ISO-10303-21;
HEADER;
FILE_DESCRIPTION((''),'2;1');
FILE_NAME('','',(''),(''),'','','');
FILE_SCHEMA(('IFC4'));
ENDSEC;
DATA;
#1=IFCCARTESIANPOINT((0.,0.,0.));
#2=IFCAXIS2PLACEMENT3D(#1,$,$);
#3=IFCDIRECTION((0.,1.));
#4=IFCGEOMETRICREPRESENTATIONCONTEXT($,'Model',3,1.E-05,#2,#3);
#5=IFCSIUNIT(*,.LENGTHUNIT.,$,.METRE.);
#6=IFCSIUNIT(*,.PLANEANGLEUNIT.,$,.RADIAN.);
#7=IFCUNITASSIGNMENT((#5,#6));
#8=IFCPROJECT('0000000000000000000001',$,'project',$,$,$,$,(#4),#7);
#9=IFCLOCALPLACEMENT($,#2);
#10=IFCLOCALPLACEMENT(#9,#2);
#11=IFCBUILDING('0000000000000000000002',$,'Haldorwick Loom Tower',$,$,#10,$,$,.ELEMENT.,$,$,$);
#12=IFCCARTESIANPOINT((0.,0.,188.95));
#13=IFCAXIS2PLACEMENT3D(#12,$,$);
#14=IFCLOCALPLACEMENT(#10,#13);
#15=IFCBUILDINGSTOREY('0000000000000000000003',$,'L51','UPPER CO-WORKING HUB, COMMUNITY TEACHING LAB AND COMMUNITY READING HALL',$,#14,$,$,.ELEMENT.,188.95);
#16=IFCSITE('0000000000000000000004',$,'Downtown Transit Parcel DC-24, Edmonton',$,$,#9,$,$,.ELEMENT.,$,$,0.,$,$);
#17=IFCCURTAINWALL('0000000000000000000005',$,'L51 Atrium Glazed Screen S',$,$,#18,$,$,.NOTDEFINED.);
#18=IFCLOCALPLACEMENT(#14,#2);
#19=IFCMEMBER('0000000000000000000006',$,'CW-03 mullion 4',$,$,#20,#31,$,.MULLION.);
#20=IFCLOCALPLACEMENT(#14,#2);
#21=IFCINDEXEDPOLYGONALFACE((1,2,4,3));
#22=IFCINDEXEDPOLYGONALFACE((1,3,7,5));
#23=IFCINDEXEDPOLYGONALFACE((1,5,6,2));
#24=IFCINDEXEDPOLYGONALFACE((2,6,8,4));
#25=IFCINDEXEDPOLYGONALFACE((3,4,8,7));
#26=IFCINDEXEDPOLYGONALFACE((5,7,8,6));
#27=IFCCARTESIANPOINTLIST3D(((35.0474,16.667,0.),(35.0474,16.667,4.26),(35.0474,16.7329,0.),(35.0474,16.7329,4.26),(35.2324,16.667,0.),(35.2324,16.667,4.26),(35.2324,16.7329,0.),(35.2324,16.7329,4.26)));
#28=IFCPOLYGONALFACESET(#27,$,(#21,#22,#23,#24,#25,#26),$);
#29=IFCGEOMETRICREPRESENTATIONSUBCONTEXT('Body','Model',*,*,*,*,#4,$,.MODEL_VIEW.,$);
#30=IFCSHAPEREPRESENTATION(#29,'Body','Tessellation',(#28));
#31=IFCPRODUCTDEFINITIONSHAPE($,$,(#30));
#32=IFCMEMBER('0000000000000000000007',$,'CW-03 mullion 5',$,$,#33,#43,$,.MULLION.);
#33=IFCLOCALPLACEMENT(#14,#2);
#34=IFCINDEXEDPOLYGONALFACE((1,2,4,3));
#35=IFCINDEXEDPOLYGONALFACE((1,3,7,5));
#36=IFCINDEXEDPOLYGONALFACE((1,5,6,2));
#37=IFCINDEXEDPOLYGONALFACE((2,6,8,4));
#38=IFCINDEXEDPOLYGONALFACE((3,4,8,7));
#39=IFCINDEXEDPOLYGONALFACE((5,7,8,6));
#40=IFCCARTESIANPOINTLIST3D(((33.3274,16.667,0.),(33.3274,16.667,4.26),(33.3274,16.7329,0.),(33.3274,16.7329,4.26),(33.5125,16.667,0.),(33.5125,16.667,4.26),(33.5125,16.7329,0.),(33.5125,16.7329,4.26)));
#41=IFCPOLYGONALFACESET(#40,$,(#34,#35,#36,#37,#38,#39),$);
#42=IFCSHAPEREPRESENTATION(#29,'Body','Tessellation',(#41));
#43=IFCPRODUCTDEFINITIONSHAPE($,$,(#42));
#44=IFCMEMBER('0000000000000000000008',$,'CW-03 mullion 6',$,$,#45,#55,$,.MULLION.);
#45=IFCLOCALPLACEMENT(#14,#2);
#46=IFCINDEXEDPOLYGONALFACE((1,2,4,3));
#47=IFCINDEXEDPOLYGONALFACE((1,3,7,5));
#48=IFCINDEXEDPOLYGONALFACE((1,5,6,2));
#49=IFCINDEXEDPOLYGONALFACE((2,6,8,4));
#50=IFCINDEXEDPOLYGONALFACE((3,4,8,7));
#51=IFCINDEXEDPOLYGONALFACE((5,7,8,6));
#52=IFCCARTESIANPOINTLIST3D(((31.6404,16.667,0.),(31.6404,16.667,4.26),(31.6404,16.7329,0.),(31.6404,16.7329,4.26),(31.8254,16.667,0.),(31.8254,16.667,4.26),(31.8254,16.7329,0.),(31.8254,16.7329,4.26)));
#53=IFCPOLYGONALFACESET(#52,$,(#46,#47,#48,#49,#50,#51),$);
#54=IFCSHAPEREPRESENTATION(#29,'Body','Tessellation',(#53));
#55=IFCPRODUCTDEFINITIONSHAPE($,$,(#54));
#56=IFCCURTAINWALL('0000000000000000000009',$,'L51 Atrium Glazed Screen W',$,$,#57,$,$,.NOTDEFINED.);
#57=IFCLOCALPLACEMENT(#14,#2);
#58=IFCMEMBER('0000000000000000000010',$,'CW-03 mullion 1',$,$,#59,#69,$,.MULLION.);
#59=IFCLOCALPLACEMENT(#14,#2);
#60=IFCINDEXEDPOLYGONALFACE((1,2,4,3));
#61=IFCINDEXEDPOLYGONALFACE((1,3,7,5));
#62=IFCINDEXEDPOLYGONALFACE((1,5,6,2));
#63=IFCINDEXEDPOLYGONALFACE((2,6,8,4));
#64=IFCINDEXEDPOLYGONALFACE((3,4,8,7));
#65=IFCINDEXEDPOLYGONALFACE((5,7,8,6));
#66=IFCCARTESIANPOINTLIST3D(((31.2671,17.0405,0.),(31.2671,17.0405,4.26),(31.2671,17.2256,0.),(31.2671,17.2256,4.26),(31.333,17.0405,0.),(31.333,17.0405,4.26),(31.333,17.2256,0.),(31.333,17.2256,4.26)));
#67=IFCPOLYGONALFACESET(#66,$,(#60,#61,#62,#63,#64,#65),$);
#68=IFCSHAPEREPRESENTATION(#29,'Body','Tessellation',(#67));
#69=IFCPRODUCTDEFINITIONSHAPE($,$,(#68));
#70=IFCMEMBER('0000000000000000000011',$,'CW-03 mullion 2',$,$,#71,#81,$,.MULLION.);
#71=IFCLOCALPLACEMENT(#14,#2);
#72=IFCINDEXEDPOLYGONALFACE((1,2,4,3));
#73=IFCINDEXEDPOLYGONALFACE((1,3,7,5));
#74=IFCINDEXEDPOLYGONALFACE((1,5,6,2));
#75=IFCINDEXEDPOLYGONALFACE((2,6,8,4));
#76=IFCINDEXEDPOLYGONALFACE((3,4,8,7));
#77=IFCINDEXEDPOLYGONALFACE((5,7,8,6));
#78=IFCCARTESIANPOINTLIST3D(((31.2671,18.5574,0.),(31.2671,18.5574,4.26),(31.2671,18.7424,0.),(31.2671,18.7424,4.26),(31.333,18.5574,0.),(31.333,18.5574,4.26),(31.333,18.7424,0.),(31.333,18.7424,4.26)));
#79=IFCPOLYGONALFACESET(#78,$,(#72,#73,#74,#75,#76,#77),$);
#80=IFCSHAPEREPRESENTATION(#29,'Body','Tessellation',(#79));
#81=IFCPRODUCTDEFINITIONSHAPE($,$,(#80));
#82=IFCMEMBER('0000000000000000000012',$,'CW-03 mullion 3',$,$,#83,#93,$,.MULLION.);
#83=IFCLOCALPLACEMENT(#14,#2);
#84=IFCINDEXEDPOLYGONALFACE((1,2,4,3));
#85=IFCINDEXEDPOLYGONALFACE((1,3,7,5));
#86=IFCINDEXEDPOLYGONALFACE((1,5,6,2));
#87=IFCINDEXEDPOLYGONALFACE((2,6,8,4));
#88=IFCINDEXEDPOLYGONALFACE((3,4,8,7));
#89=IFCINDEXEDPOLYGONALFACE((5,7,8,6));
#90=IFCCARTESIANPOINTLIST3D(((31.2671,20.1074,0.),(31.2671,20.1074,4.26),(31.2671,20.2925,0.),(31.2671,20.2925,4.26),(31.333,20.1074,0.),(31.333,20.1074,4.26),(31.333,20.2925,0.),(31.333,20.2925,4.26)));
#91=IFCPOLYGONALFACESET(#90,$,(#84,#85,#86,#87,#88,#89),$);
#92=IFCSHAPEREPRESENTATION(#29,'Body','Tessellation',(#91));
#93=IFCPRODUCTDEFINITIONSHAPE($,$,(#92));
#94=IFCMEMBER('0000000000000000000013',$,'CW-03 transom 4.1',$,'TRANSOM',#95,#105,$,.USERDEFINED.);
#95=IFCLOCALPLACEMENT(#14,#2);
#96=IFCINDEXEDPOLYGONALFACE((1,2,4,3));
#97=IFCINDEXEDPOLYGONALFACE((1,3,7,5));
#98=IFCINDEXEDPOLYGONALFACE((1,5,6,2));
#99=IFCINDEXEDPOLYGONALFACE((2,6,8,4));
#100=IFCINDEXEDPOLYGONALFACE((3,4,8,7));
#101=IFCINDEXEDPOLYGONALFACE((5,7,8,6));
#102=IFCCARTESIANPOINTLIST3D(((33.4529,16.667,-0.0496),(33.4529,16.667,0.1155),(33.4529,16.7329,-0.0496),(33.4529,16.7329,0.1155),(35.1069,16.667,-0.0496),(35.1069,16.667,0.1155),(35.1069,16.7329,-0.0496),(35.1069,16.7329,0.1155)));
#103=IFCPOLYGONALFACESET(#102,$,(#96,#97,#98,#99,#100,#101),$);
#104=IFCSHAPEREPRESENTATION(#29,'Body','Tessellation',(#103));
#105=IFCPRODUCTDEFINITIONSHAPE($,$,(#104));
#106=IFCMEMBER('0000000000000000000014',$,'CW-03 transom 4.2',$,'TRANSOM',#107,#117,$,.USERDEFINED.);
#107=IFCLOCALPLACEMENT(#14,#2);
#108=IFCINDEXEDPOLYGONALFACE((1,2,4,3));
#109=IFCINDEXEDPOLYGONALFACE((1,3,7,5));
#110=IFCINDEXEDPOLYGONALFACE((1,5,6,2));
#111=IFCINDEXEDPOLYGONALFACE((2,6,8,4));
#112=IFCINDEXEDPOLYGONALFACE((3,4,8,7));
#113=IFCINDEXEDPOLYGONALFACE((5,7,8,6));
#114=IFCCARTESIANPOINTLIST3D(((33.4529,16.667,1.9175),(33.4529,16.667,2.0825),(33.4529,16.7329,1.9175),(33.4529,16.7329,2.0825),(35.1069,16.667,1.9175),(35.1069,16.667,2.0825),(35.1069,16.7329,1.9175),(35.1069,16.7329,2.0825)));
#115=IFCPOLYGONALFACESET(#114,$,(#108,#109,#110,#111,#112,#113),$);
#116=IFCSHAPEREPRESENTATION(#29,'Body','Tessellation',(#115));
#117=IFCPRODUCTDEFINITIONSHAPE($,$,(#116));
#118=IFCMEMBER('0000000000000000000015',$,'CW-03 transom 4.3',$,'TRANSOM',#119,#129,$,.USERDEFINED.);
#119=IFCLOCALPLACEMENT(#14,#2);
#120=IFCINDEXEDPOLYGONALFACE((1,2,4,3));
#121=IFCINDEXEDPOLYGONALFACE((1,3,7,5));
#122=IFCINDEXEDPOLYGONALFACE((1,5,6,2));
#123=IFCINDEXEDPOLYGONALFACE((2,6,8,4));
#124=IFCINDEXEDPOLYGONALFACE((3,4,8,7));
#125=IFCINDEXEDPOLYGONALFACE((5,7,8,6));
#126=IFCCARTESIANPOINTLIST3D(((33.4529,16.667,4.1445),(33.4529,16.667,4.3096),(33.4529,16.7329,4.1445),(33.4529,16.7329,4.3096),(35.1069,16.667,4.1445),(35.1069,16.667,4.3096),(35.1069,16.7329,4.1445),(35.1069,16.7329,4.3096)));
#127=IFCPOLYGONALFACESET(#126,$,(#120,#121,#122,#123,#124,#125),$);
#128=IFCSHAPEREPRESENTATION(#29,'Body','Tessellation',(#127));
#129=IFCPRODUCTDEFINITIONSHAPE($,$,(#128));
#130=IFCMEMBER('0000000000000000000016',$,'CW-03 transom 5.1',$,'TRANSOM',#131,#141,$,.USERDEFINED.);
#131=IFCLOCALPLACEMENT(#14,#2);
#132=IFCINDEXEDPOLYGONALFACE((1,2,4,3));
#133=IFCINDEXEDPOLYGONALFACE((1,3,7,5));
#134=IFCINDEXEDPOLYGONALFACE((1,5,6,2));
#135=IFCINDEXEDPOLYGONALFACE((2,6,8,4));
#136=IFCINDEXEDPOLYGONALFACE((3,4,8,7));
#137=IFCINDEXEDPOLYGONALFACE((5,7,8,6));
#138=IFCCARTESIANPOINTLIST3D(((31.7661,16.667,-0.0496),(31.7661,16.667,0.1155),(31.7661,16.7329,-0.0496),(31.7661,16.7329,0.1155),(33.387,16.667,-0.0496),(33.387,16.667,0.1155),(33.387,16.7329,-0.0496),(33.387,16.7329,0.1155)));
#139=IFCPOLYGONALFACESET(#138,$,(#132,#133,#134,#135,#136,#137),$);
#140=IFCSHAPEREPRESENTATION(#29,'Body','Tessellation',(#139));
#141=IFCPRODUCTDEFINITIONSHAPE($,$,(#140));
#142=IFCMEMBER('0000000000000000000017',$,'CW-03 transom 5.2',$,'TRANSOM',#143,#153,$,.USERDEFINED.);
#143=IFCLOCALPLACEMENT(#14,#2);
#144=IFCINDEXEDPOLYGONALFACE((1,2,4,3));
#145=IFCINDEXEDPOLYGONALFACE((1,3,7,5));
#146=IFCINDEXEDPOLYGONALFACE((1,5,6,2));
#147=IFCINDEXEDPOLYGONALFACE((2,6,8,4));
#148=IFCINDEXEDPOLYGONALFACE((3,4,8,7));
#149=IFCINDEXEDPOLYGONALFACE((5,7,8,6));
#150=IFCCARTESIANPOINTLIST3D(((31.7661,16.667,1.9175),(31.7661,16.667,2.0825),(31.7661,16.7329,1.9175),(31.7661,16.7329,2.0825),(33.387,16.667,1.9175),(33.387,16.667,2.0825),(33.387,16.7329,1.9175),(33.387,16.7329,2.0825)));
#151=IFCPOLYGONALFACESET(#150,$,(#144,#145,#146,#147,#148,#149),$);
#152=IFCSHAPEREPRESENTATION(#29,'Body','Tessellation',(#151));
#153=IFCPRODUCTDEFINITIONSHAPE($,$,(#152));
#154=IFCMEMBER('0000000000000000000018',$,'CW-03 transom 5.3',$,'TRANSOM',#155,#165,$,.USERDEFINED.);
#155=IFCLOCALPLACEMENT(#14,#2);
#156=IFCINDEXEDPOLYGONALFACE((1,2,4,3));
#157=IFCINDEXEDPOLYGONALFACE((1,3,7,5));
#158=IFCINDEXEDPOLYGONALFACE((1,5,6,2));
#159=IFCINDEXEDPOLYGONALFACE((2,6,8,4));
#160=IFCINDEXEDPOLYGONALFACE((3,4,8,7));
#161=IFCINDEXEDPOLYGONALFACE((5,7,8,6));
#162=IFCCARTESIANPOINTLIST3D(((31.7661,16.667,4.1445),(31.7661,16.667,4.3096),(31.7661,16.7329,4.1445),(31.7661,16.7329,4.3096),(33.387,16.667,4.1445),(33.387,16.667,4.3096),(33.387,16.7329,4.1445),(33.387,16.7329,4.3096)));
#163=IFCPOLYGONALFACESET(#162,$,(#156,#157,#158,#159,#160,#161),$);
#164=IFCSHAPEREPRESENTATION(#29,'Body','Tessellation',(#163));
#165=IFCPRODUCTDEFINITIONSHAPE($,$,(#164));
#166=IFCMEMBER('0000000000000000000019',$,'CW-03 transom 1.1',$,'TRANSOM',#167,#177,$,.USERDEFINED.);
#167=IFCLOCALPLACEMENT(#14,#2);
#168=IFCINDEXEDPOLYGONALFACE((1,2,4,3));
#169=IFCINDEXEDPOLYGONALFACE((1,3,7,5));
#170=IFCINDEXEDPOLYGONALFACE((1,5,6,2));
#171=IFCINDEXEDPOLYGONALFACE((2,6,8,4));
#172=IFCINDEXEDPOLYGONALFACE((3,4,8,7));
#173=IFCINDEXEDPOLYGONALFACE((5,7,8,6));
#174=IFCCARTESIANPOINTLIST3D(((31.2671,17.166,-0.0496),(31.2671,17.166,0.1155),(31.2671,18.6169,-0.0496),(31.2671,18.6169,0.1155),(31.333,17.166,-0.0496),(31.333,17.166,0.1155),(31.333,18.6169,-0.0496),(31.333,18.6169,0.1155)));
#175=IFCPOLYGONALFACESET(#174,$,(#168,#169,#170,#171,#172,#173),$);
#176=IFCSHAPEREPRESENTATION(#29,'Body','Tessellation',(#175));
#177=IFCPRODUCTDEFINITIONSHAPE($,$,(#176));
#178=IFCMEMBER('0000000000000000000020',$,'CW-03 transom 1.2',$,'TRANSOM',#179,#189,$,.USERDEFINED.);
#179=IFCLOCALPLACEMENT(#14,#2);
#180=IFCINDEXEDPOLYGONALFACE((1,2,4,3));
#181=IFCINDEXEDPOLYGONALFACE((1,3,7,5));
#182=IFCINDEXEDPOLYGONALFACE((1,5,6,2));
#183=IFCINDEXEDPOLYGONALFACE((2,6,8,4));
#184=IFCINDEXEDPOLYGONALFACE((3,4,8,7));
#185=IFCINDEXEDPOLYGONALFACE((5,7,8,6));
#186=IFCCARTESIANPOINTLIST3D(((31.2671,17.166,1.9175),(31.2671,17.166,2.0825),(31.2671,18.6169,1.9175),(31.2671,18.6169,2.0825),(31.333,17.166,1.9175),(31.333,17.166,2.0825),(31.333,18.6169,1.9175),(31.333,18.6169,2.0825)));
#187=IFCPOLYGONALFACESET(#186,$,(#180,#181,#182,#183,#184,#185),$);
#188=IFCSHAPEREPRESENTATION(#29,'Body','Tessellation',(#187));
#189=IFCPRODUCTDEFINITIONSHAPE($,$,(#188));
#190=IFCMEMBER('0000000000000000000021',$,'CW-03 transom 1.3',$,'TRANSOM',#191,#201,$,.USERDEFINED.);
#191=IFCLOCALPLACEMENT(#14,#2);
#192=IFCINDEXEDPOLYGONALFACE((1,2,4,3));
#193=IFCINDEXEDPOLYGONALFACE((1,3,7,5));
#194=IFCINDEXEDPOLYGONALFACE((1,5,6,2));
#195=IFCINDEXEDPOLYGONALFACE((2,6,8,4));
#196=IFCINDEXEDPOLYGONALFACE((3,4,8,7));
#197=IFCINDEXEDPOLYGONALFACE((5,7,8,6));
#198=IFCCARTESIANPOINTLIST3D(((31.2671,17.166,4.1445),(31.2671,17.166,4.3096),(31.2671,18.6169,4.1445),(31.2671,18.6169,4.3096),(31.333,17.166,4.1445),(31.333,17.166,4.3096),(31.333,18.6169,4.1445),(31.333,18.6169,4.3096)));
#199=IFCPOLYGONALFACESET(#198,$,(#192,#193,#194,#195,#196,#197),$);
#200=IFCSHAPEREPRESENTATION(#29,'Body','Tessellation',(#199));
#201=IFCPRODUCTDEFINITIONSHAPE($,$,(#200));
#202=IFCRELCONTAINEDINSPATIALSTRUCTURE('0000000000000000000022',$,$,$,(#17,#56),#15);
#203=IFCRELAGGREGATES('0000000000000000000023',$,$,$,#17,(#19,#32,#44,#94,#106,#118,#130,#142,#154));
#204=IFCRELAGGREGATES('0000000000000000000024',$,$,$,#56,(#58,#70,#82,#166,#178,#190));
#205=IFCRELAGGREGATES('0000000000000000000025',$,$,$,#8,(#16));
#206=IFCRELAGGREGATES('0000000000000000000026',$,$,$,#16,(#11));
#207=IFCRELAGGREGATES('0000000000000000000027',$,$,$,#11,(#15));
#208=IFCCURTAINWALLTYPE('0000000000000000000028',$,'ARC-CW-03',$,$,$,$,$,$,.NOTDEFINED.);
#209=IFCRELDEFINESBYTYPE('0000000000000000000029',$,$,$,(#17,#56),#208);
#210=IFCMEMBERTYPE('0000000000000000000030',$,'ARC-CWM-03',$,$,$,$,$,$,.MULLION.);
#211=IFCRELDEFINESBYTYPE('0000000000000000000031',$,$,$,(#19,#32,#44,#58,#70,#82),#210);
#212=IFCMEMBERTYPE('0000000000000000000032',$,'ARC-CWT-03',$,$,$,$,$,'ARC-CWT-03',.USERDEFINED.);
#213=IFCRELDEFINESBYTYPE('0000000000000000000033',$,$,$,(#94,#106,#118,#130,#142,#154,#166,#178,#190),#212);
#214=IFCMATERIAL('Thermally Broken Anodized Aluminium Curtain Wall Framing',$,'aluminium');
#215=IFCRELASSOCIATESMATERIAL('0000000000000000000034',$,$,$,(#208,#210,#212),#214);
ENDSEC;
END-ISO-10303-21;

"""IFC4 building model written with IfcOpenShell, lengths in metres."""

from ifc_helpers import new_model, si_unit, direction, frame, origin, origin_2d, place, context, subcontext, project, spatial, rectangle, extrude, material, material_profile, profile_set, type_object, element, aggregate, save


model = new_model("IFC4")

# Units and contexts
model_context = context("Model", 3, precision=1e-05, world=origin(), true_north=direction((0.0, 1.0)))
body_context = subcontext(model_context, "Body", "Model", "MODEL_VIEW")
ifc_project = project(units=[si_unit("LENGTHUNIT", "METRE"), si_unit("PLANEANGLEUNIT", "RADIAN")], contexts=[model_context])

# Site, building, storey
site_placement = place(None, origin())
site = spatial("IfcSite", under=ifc_project, at=site_placement, Name="Downtown Transit Parcel DC-24, Edmonton", CompositionType="ELEMENT", RefElevation=0.0)
building_placement = place(site_placement, origin())
building = spatial("IfcBuilding", under=site, at=building_placement, Name="Haldorwick Loom Tower", CompositionType="ELEMENT")
storey_placement = place(building_placement, frame((0.0, 0.0, 188.95)))
storey = spatial("IfcBuildingStorey", under=building, at=storey_placement, Name="L51", Description="UPPER CO-WORKING HUB, COMMUNITY TEACHING LAB AND COMMUNITY READING HALL", CompositionType="ELEMENT", Elevation=188.95)

# Curtain walls, members
ifc_material_1 = material(Name="Thermally Broken Anodized Aluminium Curtain Wall Framing", Category="aluminium")
curtain_wall_type = type_object("IfcCurtainWallType", Name="ARC-CW-03", PredefinedType="NOTDEFINED", material=ifc_material_1)
curtain_wall_1_placement = place(storey_placement, origin())
curtain_wall_1 = element("IfcCurtainWall", 1, at=curtain_wall_1_placement, inside=storey, type_object=curtain_wall_type, Name="L51 Atrium Glazed Screen S", PredefinedType="NOTDEFINED")
ifc_material_profile_1 = material_profile(ifc_material_1, rectangle(XDim=0.0659, YDim=0.1851, at=origin_2d()), Name="ALU_MUL_66X185", Category="aluminium")
ifc_profile_set_1 = profile_set([ifc_material_profile_1], Name="Thermally Broken Anodized Aluminium Curtain Wall Framing")
member_type_1 = type_object("IfcMemberType", Name="ARC-CWM-03", PredefinedType="MULLION", material=ifc_profile_set_1)
member_1_placement = place(storey_placement, frame((35.1399, 16.7, 0.0), z_axis=(0.0, 0.0, 1.0), x_axis=(0.0, -1.0, 0.0)))
member_1 = element("IfcMember", 2, at=member_1_placement, type_object=member_type_1, Name="CW-03 mullion 4", PredefinedType="MULLION", context=body_context, shape_type="SweptSolid", body=[
    extrude(rectangle(XDim=0.0659, YDim=0.1851, at=origin_2d()), origin(), (0.0, 0.0, 1.0), 4.26),
])
member_2_placement = place(storey_placement, frame((33.4199, 16.7, 0.0), z_axis=(0.0, 0.0, 1.0), x_axis=(0.0, -1.0, 0.0)))
member_2 = element("IfcMember", 3, at=member_2_placement, type_object=member_type_1, Name="CW-03 mullion 5", PredefinedType="MULLION", context=body_context, shape_type="SweptSolid", body=[
    extrude(rectangle(XDim=0.0659, YDim=0.1851, at=origin_2d()), origin(), (0.0, 0.0, 1.0), 4.26),
])
member_3_placement = place(storey_placement, frame((31.7329, 16.7, 0.0), z_axis=(0.0, 0.0, 1.0), x_axis=(0.0, -1.0, 0.0)))
member_3 = element("IfcMember", 4, at=member_3_placement, type_object=member_type_1, Name="CW-03 mullion 6", PredefinedType="MULLION", context=body_context, shape_type="SweptSolid", body=[
    extrude(rectangle(XDim=0.0659, YDim=0.1851, at=origin_2d()), origin(), (0.0, 0.0, 1.0), 4.26),
])
curtain_wall_2_placement = place(storey_placement, origin())
curtain_wall_2 = element("IfcCurtainWall", 5, at=curtain_wall_2_placement, inside=storey, type_object=curtain_wall_type, Name="L51 Atrium Glazed Screen W", PredefinedType="NOTDEFINED")
member_4_placement = place(storey_placement, frame((31.3, 17.1331, 0.0), z_axis=(0.0, 0.0, 1.0), x_axis=(-1.0, 0.0, 0.0)))
member_4 = element("IfcMember", 6, at=member_4_placement, type_object=member_type_1, Name="CW-03 mullion 1", PredefinedType="MULLION", context=body_context, shape_type="SweptSolid", body=[
    extrude(rectangle(XDim=0.0659, YDim=0.1851, at=origin_2d()), origin(), (0.0, 0.0, 1.0), 4.26),
])
member_5_placement = place(storey_placement, frame((31.3, 18.6499, 0.0), z_axis=(0.0, 0.0, 1.0), x_axis=(-1.0, 0.0, 0.0)))
member_5 = element("IfcMember", 7, at=member_5_placement, type_object=member_type_1, Name="CW-03 mullion 2", PredefinedType="MULLION", context=body_context, shape_type="SweptSolid", body=[
    extrude(rectangle(XDim=0.0659, YDim=0.1851, at=origin_2d()), origin(), (0.0, 0.0, 1.0), 4.26),
])
member_6_placement = place(storey_placement, frame((31.3, 20.2, 0.0), z_axis=(0.0, 0.0, 1.0), x_axis=(-1.0, 0.0, 0.0)))
member_6 = element("IfcMember", 8, at=member_6_placement, type_object=member_type_1, Name="CW-03 mullion 3", PredefinedType="MULLION", context=body_context, shape_type="SweptSolid", body=[
    extrude(rectangle(XDim=0.0659, YDim=0.1851, at=origin_2d()), origin(), (0.0, 0.0, 1.0), 4.26),
])

# Members
ifc_material_profile_2 = material_profile(ifc_material_1, rectangle(XDim=0.0659, YDim=0.165, at=origin_2d()), Name="ALU_TRN_66X165", Category="aluminium")
ifc_profile_set_2 = profile_set([ifc_material_profile_2], Name="Thermally Broken Anodized Aluminium Curtain Wall Framing")
member_type_2 = type_object("IfcMemberType", Name="ARC-CWT-03", ElementType="ARC-CWT-03", PredefinedType="USERDEFINED", material=ifc_profile_set_2)
member_7_placement = place(storey_placement, frame((35.1069, 16.7, 0.033), z_axis=(-1.0, 0.0, 0.0), x_axis=(0.0, -1.0, 0.0)))
member_7 = element("IfcMember", 9, at=member_7_placement, type_object=member_type_2, Name="CW-03 transom 4.1", ObjectType="TRANSOM", PredefinedType="USERDEFINED", context=body_context, shape_type="SweptSolid", body=[
    extrude(rectangle(XDim=0.0659, YDim=0.165, at=origin_2d()), origin(), (0.0, 0.0, 1.0), 1.6541),
])
member_8_placement = place(storey_placement, frame((35.1069, 16.7, 2.0), z_axis=(-1.0, 0.0, 0.0), x_axis=(0.0, -1.0, 0.0)))
member_8 = element("IfcMember", 10, at=member_8_placement, type_object=member_type_2, Name="CW-03 transom 4.2", ObjectType="TRANSOM", PredefinedType="USERDEFINED", context=body_context, shape_type="SweptSolid", body=[
    extrude(rectangle(XDim=0.0659, YDim=0.165, at=origin_2d()), origin(), (0.0, 0.0, 1.0), 1.6541),
])
member_9_placement = place(storey_placement, frame((35.1069, 16.7, 4.2271), z_axis=(-1.0, 0.0, 0.0), x_axis=(0.0, -1.0, 0.0)))
member_9 = element("IfcMember", 11, at=member_9_placement, type_object=member_type_2, Name="CW-03 transom 4.3", ObjectType="TRANSOM", PredefinedType="USERDEFINED", context=body_context, shape_type="SweptSolid", body=[
    extrude(rectangle(XDim=0.0659, YDim=0.165, at=origin_2d()), origin(), (0.0, 0.0, 1.0), 1.6541),
])
member_10_placement = place(storey_placement, frame((33.387, 16.7, 0.033), z_axis=(-1.0, 0.0, 0.0), x_axis=(0.0, -1.0, 0.0)))
member_10 = element("IfcMember", 12, at=member_10_placement, type_object=member_type_2, Name="CW-03 transom 5.1", ObjectType="TRANSOM", PredefinedType="USERDEFINED", context=body_context, shape_type="SweptSolid", body=[
    extrude(rectangle(XDim=0.0659, YDim=0.165, at=origin_2d()), origin(), (0.0, 0.0, 1.0), 1.6208),
])
member_11_placement = place(storey_placement, frame((33.387, 16.7, 2.0), z_axis=(-1.0, 0.0, 0.0), x_axis=(0.0, -1.0, 0.0)))
member_11 = element("IfcMember", 13, at=member_11_placement, type_object=member_type_2, Name="CW-03 transom 5.2", ObjectType="TRANSOM", PredefinedType="USERDEFINED", context=body_context, shape_type="SweptSolid", body=[
    extrude(rectangle(XDim=0.0659, YDim=0.165, at=origin_2d()), origin(), (0.0, 0.0, 1.0), 1.6208),
])
member_12_placement = place(storey_placement, frame((33.387, 16.7, 4.2271), z_axis=(-1.0, 0.0, 0.0), x_axis=(0.0, -1.0, 0.0)))
member_12 = element("IfcMember", 14, at=member_12_placement, type_object=member_type_2, Name="CW-03 transom 5.3", ObjectType="TRANSOM", PredefinedType="USERDEFINED", context=body_context, shape_type="SweptSolid", body=[
    extrude(rectangle(XDim=0.0659, YDim=0.165, at=origin_2d()), origin(), (0.0, 0.0, 1.0), 1.6208),
])
member_13_placement = place(storey_placement, frame((31.3, 17.166, 0.033), z_axis=(0.0, 1.0, 0.0), x_axis=(-1.0, 0.0, 0.0)))
member_13 = element("IfcMember", 15, at=member_13_placement, type_object=member_type_2, Name="CW-03 transom 1.1", ObjectType="TRANSOM", PredefinedType="USERDEFINED", context=body_context, shape_type="SweptSolid", body=[
    extrude(rectangle(XDim=0.0659, YDim=0.165, at=origin_2d()), origin(), (0.0, 0.0, 1.0), 1.4509),
])
member_14_placement = place(storey_placement, frame((31.3, 17.166, 2.0), z_axis=(0.0, 1.0, 0.0), x_axis=(-1.0, 0.0, 0.0)))
member_14 = element("IfcMember", 16, at=member_14_placement, type_object=member_type_2, Name="CW-03 transom 1.2", ObjectType="TRANSOM", PredefinedType="USERDEFINED", context=body_context, shape_type="SweptSolid", body=[
    extrude(rectangle(XDim=0.0659, YDim=0.165, at=origin_2d()), origin(), (0.0, 0.0, 1.0), 1.4509),
])
member_15_placement = place(storey_placement, frame((31.3, 17.166, 4.2271), z_axis=(0.0, 1.0, 0.0), x_axis=(-1.0, 0.0, 0.0)))
member_15 = element("IfcMember", 17, at=member_15_placement, type_object=member_type_2, Name="CW-03 transom 1.3", ObjectType="TRANSOM", PredefinedType="USERDEFINED", context=body_context, shape_type="SweptSolid", body=[
    extrude(rectangle(XDim=0.0659, YDim=0.165, at=origin_2d()), origin(), (0.0, 0.0, 1.0), 1.4509),
])

aggregate(curtain_wall_1, [member_1, member_2, member_3, member_7, member_8, member_9, member_10, member_11, member_12])
aggregate(curtain_wall_2, [member_4, member_5, member_6, member_13, member_14, member_15])

save(model, "model.ifc")
